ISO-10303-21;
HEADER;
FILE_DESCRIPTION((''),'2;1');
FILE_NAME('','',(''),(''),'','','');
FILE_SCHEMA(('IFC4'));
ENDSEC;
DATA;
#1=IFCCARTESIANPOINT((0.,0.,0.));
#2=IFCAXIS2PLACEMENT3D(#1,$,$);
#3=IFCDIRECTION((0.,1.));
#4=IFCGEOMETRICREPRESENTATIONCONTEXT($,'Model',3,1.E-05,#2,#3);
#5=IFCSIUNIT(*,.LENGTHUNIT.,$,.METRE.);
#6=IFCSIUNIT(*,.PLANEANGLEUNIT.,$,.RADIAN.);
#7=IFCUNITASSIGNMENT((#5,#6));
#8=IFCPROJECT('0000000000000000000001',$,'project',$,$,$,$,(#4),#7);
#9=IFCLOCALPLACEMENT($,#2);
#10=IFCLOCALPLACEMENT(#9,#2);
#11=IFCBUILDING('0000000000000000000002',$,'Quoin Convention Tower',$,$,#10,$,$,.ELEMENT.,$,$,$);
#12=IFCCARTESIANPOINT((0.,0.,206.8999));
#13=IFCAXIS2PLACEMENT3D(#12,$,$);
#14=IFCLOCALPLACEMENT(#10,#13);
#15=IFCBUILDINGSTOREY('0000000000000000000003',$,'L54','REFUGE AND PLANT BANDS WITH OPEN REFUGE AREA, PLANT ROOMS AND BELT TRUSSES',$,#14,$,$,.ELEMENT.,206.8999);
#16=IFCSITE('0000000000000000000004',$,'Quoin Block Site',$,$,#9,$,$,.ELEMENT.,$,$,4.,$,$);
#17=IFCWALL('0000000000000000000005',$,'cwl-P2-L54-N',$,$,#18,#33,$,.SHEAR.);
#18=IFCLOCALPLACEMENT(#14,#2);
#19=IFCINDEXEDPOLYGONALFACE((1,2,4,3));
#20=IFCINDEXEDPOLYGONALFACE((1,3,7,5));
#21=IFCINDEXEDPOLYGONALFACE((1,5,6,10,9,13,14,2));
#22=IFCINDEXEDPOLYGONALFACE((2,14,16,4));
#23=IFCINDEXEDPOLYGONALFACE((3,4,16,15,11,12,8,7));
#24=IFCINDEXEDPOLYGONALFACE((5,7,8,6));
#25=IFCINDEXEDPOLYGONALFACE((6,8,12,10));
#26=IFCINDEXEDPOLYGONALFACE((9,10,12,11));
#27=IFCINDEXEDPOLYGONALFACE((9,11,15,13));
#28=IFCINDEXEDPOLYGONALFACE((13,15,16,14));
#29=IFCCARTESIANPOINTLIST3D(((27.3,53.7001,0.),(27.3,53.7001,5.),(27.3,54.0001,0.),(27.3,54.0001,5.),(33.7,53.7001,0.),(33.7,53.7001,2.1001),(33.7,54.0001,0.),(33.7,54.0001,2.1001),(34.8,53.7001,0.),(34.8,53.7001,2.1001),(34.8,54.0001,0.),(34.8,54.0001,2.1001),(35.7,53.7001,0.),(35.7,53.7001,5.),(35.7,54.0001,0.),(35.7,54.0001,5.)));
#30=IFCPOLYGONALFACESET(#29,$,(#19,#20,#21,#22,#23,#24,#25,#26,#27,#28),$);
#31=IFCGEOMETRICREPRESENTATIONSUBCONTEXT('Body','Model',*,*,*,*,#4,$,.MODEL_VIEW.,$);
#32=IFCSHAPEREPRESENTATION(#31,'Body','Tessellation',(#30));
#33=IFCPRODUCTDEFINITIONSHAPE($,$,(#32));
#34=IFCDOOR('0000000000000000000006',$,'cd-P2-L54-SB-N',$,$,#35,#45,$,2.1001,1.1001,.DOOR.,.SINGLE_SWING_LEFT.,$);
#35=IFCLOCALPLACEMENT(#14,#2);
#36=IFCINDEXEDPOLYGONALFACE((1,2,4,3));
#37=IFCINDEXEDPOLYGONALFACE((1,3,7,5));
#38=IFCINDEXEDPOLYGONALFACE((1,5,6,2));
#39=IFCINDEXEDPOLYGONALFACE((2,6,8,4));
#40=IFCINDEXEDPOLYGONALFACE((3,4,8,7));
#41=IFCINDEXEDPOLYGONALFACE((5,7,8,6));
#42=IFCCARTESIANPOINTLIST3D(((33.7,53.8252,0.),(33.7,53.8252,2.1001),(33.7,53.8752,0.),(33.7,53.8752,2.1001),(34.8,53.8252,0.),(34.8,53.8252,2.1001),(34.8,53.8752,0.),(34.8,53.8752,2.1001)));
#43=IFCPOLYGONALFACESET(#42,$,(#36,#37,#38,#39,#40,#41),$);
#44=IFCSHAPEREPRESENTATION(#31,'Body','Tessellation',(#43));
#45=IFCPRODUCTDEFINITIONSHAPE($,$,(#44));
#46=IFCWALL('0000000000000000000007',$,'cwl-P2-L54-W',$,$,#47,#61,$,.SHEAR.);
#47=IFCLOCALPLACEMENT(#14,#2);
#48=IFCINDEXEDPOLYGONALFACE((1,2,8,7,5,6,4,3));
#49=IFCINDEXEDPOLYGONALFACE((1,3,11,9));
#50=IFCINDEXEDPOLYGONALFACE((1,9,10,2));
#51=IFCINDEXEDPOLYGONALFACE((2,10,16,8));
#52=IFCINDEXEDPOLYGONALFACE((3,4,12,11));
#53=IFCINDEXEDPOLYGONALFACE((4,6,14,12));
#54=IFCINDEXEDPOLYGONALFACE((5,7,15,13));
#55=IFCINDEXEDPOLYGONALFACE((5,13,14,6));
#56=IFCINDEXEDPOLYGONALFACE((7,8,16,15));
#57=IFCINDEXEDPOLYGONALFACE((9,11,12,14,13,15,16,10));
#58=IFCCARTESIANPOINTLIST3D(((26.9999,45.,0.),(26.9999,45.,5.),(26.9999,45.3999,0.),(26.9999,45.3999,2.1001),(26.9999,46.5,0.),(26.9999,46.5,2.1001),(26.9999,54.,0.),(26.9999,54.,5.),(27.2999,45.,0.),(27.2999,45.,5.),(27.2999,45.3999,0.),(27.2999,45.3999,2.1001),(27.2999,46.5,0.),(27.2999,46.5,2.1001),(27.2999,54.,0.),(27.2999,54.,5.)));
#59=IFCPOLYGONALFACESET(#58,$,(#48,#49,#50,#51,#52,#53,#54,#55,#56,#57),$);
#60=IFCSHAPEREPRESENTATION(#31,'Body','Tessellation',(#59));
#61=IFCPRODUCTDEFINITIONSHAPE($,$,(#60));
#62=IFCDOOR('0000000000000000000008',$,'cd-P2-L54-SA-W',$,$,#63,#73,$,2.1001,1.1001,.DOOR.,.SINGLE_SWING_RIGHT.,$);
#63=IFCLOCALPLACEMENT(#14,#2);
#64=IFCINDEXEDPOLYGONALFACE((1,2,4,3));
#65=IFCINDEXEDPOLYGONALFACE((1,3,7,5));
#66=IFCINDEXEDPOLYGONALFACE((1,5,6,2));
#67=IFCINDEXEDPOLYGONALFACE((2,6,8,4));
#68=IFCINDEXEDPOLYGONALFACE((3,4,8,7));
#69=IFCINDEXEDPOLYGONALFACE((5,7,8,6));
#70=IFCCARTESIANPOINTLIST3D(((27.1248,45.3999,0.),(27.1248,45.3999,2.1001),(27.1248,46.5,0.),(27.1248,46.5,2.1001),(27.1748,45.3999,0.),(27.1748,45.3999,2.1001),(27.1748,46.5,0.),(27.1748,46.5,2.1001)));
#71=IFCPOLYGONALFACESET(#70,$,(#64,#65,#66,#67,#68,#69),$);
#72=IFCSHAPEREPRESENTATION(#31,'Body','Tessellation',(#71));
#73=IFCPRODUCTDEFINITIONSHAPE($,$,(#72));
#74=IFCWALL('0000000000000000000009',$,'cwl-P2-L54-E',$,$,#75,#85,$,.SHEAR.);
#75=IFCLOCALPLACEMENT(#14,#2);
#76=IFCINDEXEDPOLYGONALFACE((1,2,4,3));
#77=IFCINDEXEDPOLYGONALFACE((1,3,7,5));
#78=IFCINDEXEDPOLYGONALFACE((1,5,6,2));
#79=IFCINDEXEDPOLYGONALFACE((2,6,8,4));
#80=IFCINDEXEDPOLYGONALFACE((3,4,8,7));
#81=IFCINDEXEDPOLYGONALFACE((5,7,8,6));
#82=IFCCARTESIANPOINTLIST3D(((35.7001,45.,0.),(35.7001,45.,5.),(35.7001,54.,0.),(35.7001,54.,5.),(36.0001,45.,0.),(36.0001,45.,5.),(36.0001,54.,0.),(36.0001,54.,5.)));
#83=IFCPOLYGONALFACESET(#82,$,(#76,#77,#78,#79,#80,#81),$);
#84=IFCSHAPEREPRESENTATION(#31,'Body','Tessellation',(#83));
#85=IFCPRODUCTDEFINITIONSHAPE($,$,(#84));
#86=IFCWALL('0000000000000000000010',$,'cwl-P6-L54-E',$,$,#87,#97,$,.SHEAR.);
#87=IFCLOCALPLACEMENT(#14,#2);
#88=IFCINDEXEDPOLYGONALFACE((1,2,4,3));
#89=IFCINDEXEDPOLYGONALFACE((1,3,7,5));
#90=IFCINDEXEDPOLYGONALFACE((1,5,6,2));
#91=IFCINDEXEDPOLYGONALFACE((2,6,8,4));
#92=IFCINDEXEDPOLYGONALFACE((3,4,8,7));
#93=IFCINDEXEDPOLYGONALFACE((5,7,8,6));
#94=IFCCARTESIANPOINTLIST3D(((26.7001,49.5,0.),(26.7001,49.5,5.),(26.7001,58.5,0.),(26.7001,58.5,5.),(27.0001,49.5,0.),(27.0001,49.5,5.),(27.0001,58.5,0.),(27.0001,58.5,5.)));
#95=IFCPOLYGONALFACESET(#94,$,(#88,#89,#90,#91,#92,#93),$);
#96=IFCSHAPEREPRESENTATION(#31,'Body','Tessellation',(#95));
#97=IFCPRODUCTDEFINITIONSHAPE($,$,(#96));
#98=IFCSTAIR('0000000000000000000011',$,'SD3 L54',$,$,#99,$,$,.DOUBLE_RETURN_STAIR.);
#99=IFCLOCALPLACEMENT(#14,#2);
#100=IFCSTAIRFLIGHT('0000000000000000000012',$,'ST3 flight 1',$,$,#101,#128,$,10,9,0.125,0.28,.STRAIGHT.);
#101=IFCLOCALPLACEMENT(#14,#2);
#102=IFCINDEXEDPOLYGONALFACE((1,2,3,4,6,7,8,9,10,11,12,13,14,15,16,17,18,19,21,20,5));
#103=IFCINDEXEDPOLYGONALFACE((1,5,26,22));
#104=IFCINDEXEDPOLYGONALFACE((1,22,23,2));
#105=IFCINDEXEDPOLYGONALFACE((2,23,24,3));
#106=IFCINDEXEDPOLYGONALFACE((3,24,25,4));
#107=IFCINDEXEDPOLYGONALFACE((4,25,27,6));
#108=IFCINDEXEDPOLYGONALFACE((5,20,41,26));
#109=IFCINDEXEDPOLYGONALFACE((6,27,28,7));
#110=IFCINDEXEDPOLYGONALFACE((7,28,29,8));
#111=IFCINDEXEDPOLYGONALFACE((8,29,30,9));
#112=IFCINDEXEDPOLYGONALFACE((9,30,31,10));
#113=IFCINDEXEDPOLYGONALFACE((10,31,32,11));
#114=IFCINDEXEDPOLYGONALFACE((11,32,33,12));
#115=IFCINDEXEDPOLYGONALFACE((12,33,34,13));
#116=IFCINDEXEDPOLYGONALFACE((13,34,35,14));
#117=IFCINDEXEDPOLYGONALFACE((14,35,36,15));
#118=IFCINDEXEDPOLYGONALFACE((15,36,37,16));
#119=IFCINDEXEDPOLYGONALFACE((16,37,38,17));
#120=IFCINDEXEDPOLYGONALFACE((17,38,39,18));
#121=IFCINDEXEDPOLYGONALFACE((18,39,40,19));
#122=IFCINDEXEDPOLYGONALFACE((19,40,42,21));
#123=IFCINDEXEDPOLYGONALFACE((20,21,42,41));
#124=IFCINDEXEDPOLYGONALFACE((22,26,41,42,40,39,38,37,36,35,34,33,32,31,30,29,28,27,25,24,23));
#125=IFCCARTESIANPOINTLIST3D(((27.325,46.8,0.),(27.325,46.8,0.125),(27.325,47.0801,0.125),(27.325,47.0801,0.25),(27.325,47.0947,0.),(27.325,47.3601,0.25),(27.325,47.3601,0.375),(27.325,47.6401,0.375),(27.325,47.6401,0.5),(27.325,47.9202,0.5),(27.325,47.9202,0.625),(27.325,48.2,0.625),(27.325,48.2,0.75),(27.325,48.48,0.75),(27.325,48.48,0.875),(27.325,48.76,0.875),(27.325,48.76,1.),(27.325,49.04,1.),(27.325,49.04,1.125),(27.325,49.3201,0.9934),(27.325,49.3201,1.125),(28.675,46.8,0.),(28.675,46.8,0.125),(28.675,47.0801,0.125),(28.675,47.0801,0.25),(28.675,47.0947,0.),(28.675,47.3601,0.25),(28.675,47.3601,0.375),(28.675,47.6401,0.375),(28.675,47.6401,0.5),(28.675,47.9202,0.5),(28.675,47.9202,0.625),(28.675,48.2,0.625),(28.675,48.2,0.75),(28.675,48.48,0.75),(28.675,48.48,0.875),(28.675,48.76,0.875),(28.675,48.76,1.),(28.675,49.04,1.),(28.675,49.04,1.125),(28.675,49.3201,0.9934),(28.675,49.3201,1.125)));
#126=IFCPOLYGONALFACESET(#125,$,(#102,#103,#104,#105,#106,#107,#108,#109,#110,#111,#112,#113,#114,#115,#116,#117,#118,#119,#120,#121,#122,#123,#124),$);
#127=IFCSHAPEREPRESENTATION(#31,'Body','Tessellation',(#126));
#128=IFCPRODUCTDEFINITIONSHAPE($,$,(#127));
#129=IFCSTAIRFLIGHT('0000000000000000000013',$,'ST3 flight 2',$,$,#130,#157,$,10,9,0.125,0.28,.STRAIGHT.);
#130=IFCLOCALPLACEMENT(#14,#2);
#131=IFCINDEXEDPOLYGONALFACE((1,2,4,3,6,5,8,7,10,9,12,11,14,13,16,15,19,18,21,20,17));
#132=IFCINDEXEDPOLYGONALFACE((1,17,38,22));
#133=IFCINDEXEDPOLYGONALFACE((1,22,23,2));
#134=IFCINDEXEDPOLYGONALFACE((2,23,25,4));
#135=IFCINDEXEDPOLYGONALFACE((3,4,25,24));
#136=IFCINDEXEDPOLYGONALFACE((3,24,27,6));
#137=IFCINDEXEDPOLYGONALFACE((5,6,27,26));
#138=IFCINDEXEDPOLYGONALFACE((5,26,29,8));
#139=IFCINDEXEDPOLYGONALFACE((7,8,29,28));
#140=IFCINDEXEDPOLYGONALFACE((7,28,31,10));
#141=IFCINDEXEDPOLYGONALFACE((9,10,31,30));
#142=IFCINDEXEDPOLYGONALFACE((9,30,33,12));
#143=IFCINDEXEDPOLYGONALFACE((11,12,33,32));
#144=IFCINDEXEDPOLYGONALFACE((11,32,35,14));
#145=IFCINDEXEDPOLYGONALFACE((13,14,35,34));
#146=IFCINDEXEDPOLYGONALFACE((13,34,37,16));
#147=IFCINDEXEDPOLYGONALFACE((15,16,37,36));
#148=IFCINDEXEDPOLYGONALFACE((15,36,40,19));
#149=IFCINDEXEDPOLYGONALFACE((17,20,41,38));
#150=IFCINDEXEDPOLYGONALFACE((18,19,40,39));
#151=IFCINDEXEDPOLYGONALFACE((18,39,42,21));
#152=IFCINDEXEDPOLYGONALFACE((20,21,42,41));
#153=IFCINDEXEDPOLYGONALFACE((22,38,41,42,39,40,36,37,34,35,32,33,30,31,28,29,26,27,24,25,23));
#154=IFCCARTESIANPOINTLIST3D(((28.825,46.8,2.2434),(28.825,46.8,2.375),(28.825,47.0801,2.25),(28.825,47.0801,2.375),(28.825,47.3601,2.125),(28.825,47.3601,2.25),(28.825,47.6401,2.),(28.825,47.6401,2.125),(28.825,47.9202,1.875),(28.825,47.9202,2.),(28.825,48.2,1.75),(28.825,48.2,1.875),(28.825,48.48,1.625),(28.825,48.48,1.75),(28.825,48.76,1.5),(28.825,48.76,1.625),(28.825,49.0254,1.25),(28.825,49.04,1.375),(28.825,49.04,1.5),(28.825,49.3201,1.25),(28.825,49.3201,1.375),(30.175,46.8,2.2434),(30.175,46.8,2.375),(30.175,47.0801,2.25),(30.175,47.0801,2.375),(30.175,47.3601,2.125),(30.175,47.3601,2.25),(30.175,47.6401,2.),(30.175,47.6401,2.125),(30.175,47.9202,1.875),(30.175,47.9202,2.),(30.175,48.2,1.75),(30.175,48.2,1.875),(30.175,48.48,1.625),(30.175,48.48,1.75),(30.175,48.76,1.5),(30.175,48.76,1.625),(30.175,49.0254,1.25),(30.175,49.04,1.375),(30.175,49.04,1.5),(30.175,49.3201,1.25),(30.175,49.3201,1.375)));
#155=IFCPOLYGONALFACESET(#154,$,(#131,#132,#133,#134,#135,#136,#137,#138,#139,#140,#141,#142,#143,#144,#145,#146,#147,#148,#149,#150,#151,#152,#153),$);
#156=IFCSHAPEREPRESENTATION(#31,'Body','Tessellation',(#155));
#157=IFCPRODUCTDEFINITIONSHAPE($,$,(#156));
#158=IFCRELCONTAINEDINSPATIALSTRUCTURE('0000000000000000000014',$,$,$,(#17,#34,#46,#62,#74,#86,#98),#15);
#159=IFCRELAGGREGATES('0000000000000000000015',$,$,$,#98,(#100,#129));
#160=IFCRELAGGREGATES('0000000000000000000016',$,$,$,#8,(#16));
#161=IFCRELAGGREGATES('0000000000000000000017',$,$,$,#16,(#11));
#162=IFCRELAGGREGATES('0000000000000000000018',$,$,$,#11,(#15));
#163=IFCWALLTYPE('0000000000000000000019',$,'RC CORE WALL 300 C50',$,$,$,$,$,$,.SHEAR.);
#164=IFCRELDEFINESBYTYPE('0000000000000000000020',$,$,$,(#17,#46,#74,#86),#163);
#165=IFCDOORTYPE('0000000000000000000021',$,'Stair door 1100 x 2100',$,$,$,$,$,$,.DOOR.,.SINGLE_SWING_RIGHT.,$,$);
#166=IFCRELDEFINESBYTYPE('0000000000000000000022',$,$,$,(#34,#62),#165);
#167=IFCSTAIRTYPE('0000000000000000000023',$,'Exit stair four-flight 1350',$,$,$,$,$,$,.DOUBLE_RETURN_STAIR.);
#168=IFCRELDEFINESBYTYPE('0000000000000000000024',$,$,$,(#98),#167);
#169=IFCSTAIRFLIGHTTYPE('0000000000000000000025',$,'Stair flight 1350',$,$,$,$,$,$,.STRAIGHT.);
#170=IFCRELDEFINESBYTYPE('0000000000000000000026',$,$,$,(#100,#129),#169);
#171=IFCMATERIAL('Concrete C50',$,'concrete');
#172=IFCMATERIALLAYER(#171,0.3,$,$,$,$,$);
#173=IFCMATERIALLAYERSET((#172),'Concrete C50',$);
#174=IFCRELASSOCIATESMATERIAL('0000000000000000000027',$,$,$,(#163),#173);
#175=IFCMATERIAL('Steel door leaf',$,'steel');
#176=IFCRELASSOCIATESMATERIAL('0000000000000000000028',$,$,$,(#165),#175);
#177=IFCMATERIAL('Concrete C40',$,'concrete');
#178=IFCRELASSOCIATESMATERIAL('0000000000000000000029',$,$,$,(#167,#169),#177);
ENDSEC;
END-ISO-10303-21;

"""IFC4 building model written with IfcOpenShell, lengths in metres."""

from ifc_helpers import new_model, si_unit, direction, frame, frame_2d, origin, place, context, subcontext, project, spatial, polyline, rectangle, outline, extrude, material, layer, layer_set, type_object, element, fill, aggregate, save


model = new_model("IFC4")

# Units and contexts
model_context = context("Model", 3, precision=1e-05, world=origin(), true_north=direction((0.0, 1.0)))
body_context = subcontext(model_context, "Body", "Model", "MODEL_VIEW")
ifc_project = project(units=[si_unit("LENGTHUNIT", "METRE"), si_unit("PLANEANGLEUNIT", "RADIAN")], contexts=[model_context])

# Site, building, storey
site_placement = place(None, origin())
site = spatial("IfcSite", under=ifc_project, at=site_placement, Name="Quoin Block Site", CompositionType="ELEMENT", RefElevation=4.0)
building_placement = place(site_placement, origin())
building = spatial("IfcBuilding", under=site, at=building_placement, Name="Quoin Convention Tower", CompositionType="ELEMENT")
storey_placement = place(building_placement, frame((0.0, 0.0, 206.8999)))
storey = spatial("IfcBuildingStorey", under=building, at=storey_placement, Name="L54", Description="REFUGE AND PLANT BANDS WITH OPEN REFUGE AREA, PLANT ROOMS AND BELT TRUSSES", CompositionType="ELEMENT", Elevation=206.8999)

# Shared definitions
ifc_material_1 = material(Name="Concrete C50", Category="concrete")

# Walls, openings, doors
ifc_layer_1 = layer(ifc_material_1, 0.3)
ifc_layer_set_1 = layer_set([ifc_layer_1], Name="Concrete C50")
wall_type_1 = type_object("IfcWallType", Name="RC CORE WALL 300 C50", PredefinedType="SHEAR", material=ifc_layer_set_1)
ifc_material_2 = material(Name="Steel door leaf", Category="steel")
wall_1_placement = place(storey_placement, frame((27.3, 53.8501, 0.0), z_axis=(0.0, 0.0, 1.0), x_axis=(1.0, 0.0, 0.0)))
wall_1 = element("IfcWall", 1, at=wall_1_placement, inside=storey, type_object=wall_type_1, Name="cwl-P2-L54-N", PredefinedType="SHEAR", context=body_context, shape_type="SweptSolid", body=[
    extrude(rectangle(XDim=8.3999, YDim=0.3, at=frame_2d((4.2, 0.0))), origin(), (0.0, 0.0, 1.0), 5.0),
])
opening_1_placement = place(wall_1_placement, frame((6.3999, 0.0, 0.0)))
opening_1 = element("IfcOpeningElement", 2, at=opening_1_placement, cuts=wall_1, PredefinedType="OPENING", context=body_context, shape_type="SweptSolid", body=[
    extrude(rectangle(XDim=1.1001, YDim=2.1001, at=frame_2d((0.55, 1.05))), frame((0.0, 0.1599, 0.0), z_axis=(0.0, -1.0, 0.0), x_axis=(1.0, 0.0, 0.0)), (0.0, 0.0, 1.0), 0.3201),
])
door_type_1 = type_object("IfcDoorType", Name="Stair door 1100 x 2100", OperationType="SINGLE_SWING_RIGHT", PredefinedType="DOOR", material=ifc_material_2)
door_1_placement = place(opening_1_placement, frame((1.1001, 0.0, 0.0), z_axis=(0.0, 0.0, 1.0), x_axis=(-1.0, 0.0, 0.0)))
door_1 = element("IfcDoor", 3, at=door_1_placement, inside=storey, type_object=door_type_1, Name="cd-P2-L54-SB-N", OperationType="SINGLE_SWING_LEFT", OverallHeight=2.1001, OverallWidth=1.1001, PredefinedType="DOOR", context=body_context, shape_type="SweptSolid", body=[
    extrude(rectangle(XDim=1.1001, YDim=2.1001, at=frame_2d((0.55, 1.05))), frame((0.0, 0.0249, 0.0), z_axis=(0.0, -1.0, 0.0), x_axis=(1.0, 0.0, 0.0)), (0.0, 0.0, 1.0), 0.05),
])
fill(opening_1, door_1)
wall_2_placement = place(storey_placement, frame((27.1499, 45.0, 0.0), z_axis=(0.0, 0.0, 1.0), x_axis=(0.0, 1.0, 0.0)))
wall_2 = element("IfcWall", 4, at=wall_2_placement, inside=storey, type_object=wall_type_1, Name="cwl-P2-L54-W", PredefinedType="SHEAR", context=body_context, shape_type="SweptSolid", body=[
    extrude(rectangle(XDim=9.0, YDim=0.3, at=frame_2d((4.5, 0.0))), origin(), (0.0, 0.0, 1.0), 5.0),
])
opening_2_placement = place(wall_2_placement, frame((0.3999, 0.0, 0.0)))
opening_2 = element("IfcOpeningElement", 5, at=opening_2_placement, cuts=wall_2, PredefinedType="OPENING", context=body_context, shape_type="SweptSolid", body=[
    extrude(rectangle(XDim=1.1001, YDim=2.1001, at=frame_2d((0.55, 1.05))), frame((0.0, 0.1599, 0.0), z_axis=(0.0, -1.0, 0.0), x_axis=(1.0, 0.0, 0.0)), (0.0, 0.0, 1.0), 0.3201),
])
door_2_placement = place(opening_2_placement, frame((1.1001, 0.0, 0.0), z_axis=(0.0, 0.0, 1.0), x_axis=(-1.0, 0.0, 0.0)))
door_2 = element("IfcDoor", 6, at=door_2_placement, inside=storey, type_object=door_type_1, Name="cd-P2-L54-SA-W", OperationType="SINGLE_SWING_RIGHT", OverallHeight=2.1001, OverallWidth=1.1001, PredefinedType="DOOR", context=body_context, shape_type="SweptSolid", body=[
    extrude(rectangle(XDim=1.1001, YDim=2.1001, at=frame_2d((0.55, 1.05))), frame((0.0, 0.0249, 0.0), z_axis=(0.0, -1.0, 0.0), x_axis=(1.0, 0.0, 0.0)), (0.0, 0.0, 1.0), 0.05),
])
fill(opening_2, door_2)

# Walls
for number, where, z_axis, x_axis, name in (
    (7, (35.8501, 45.0, 0.0), (0.0, 0.0, 1.0), (0.0, 1.0, 0.0), "cwl-P2-L54-E"),
    (8, (26.8501, 49.5, 0.0), (0.0, 0.0, 1.0), (0.0, 1.0, 0.0), "cwl-P6-L54-E"),
):
    element("IfcWall", number, at=place(storey_placement, frame(where, z_axis=z_axis, x_axis=x_axis)), inside=storey, type_object=wall_type_1, Name=name, PredefinedType="SHEAR", context=body_context, shape_type="SweptSolid", body=[
        extrude(rectangle(XDim=9.0, YDim=0.3, at=frame_2d((4.5, 0.0))), origin(), (0.0, 0.0, 1.0), 5.0),
    ])

# Stair, stair flights
ifc_material_3 = material(Name="Concrete C40", Category="concrete")
stair_type_1 = type_object("IfcStairType", Name="Exit stair four-flight 1350", PredefinedType="DOUBLE_RETURN_STAIR", material=ifc_material_3)
stair_1_placement = place(storey_placement, origin())
stair_1 = element("IfcStair", 9, at=stair_1_placement, inside=storey, type_object=stair_type_1, Name="SD3 L54", PredefinedType="DOUBLE_RETURN_STAIR")
stair_flight_type_1 = type_object("IfcStairFlightType", Name="Stair flight 1350", PredefinedType="STRAIGHT", material=ifc_material_3)
stair_flight_1_placement = place(storey_placement, frame((28.0, 46.8, 0.0), z_axis=(0.0, 0.0, 1.0), x_axis=(0.0, 1.0, 0.0)))
stair_flight_1 = element("IfcStairFlight", 10, at=stair_flight_1_placement, type_object=stair_flight_type_1, Name="ST3 flight 1", NumberOfRisers=10, NumberOfTreads=9, PredefinedType="STRAIGHT", RiserHeight=0.125, TreadLength=0.28, context=body_context, shape_type="SweptSolid", body=[
    extrude(outline(polyline([(0.0, 0.0), (0.0, 0.125), (0.28, 0.125), (0.28, 0.25), (0.5601, 0.25), (0.5601, 0.375), (0.8401, 0.375), (0.8401, 0.5), (1.1201, 0.5), (1.1201, 0.625), (1.3999, 0.625), (1.3999, 0.75), (1.6799, 0.75), (1.6799, 0.875), (1.96, 0.875), (1.96, 1.0), (2.24, 1.0), (2.24, 1.125), (2.52, 1.125), (2.52, 1.25), (2.52, 0.9934), (0.2947, 0.0), (0.0, 0.0)])), frame((0.0, 0.675, 0.0), z_axis=(0.0, -1.0, 0.0), x_axis=(1.0, 0.0, 0.0)), (0.0, 0.0, 1.0), 1.3501),
])
stair_flight_2_placement = place(storey_placement, frame((29.5, 49.3201, 1.25), z_axis=(0.0, 0.0, 1.0), x_axis=(0.0, -1.0, 0.0)))
stair_flight_2 = element("IfcStairFlight", 11, at=stair_flight_2_placement, type_object=stair_flight_type_1, Name="ST3 flight 2", NumberOfRisers=10, NumberOfTreads=9, PredefinedType="STRAIGHT", RiserHeight=0.125, TreadLength=0.28, context=body_context, shape_type="SweptSolid", body=[
    extrude(outline(polyline([(0.0, 0.0), (0.0, 0.125), (0.28, 0.125), (0.28, 0.25), (0.5601, 0.25), (0.5601, 0.375), (0.8401, 0.375), (0.8401, 0.5), (1.1201, 0.5), (1.1201, 0.625), (1.3999, 0.625), (1.3999, 0.75), (1.6799, 0.75), (1.6799, 0.875), (1.96, 0.875), (1.96, 1.0), (2.24, 1.0), (2.24, 1.125), (2.52, 1.125), (2.52, 1.25), (2.52, 0.9934), (0.2947, 0.0), (0.0, 0.0)])), frame((0.0, 0.675, 0.0), z_axis=(0.0, -1.0, 0.0), x_axis=(1.0, 0.0, 0.0)), (0.0, 0.0, 1.0), 1.3501),
])
aggregate(stair_1, [stair_flight_1, stair_flight_2])

save(model, "model.ifc")
